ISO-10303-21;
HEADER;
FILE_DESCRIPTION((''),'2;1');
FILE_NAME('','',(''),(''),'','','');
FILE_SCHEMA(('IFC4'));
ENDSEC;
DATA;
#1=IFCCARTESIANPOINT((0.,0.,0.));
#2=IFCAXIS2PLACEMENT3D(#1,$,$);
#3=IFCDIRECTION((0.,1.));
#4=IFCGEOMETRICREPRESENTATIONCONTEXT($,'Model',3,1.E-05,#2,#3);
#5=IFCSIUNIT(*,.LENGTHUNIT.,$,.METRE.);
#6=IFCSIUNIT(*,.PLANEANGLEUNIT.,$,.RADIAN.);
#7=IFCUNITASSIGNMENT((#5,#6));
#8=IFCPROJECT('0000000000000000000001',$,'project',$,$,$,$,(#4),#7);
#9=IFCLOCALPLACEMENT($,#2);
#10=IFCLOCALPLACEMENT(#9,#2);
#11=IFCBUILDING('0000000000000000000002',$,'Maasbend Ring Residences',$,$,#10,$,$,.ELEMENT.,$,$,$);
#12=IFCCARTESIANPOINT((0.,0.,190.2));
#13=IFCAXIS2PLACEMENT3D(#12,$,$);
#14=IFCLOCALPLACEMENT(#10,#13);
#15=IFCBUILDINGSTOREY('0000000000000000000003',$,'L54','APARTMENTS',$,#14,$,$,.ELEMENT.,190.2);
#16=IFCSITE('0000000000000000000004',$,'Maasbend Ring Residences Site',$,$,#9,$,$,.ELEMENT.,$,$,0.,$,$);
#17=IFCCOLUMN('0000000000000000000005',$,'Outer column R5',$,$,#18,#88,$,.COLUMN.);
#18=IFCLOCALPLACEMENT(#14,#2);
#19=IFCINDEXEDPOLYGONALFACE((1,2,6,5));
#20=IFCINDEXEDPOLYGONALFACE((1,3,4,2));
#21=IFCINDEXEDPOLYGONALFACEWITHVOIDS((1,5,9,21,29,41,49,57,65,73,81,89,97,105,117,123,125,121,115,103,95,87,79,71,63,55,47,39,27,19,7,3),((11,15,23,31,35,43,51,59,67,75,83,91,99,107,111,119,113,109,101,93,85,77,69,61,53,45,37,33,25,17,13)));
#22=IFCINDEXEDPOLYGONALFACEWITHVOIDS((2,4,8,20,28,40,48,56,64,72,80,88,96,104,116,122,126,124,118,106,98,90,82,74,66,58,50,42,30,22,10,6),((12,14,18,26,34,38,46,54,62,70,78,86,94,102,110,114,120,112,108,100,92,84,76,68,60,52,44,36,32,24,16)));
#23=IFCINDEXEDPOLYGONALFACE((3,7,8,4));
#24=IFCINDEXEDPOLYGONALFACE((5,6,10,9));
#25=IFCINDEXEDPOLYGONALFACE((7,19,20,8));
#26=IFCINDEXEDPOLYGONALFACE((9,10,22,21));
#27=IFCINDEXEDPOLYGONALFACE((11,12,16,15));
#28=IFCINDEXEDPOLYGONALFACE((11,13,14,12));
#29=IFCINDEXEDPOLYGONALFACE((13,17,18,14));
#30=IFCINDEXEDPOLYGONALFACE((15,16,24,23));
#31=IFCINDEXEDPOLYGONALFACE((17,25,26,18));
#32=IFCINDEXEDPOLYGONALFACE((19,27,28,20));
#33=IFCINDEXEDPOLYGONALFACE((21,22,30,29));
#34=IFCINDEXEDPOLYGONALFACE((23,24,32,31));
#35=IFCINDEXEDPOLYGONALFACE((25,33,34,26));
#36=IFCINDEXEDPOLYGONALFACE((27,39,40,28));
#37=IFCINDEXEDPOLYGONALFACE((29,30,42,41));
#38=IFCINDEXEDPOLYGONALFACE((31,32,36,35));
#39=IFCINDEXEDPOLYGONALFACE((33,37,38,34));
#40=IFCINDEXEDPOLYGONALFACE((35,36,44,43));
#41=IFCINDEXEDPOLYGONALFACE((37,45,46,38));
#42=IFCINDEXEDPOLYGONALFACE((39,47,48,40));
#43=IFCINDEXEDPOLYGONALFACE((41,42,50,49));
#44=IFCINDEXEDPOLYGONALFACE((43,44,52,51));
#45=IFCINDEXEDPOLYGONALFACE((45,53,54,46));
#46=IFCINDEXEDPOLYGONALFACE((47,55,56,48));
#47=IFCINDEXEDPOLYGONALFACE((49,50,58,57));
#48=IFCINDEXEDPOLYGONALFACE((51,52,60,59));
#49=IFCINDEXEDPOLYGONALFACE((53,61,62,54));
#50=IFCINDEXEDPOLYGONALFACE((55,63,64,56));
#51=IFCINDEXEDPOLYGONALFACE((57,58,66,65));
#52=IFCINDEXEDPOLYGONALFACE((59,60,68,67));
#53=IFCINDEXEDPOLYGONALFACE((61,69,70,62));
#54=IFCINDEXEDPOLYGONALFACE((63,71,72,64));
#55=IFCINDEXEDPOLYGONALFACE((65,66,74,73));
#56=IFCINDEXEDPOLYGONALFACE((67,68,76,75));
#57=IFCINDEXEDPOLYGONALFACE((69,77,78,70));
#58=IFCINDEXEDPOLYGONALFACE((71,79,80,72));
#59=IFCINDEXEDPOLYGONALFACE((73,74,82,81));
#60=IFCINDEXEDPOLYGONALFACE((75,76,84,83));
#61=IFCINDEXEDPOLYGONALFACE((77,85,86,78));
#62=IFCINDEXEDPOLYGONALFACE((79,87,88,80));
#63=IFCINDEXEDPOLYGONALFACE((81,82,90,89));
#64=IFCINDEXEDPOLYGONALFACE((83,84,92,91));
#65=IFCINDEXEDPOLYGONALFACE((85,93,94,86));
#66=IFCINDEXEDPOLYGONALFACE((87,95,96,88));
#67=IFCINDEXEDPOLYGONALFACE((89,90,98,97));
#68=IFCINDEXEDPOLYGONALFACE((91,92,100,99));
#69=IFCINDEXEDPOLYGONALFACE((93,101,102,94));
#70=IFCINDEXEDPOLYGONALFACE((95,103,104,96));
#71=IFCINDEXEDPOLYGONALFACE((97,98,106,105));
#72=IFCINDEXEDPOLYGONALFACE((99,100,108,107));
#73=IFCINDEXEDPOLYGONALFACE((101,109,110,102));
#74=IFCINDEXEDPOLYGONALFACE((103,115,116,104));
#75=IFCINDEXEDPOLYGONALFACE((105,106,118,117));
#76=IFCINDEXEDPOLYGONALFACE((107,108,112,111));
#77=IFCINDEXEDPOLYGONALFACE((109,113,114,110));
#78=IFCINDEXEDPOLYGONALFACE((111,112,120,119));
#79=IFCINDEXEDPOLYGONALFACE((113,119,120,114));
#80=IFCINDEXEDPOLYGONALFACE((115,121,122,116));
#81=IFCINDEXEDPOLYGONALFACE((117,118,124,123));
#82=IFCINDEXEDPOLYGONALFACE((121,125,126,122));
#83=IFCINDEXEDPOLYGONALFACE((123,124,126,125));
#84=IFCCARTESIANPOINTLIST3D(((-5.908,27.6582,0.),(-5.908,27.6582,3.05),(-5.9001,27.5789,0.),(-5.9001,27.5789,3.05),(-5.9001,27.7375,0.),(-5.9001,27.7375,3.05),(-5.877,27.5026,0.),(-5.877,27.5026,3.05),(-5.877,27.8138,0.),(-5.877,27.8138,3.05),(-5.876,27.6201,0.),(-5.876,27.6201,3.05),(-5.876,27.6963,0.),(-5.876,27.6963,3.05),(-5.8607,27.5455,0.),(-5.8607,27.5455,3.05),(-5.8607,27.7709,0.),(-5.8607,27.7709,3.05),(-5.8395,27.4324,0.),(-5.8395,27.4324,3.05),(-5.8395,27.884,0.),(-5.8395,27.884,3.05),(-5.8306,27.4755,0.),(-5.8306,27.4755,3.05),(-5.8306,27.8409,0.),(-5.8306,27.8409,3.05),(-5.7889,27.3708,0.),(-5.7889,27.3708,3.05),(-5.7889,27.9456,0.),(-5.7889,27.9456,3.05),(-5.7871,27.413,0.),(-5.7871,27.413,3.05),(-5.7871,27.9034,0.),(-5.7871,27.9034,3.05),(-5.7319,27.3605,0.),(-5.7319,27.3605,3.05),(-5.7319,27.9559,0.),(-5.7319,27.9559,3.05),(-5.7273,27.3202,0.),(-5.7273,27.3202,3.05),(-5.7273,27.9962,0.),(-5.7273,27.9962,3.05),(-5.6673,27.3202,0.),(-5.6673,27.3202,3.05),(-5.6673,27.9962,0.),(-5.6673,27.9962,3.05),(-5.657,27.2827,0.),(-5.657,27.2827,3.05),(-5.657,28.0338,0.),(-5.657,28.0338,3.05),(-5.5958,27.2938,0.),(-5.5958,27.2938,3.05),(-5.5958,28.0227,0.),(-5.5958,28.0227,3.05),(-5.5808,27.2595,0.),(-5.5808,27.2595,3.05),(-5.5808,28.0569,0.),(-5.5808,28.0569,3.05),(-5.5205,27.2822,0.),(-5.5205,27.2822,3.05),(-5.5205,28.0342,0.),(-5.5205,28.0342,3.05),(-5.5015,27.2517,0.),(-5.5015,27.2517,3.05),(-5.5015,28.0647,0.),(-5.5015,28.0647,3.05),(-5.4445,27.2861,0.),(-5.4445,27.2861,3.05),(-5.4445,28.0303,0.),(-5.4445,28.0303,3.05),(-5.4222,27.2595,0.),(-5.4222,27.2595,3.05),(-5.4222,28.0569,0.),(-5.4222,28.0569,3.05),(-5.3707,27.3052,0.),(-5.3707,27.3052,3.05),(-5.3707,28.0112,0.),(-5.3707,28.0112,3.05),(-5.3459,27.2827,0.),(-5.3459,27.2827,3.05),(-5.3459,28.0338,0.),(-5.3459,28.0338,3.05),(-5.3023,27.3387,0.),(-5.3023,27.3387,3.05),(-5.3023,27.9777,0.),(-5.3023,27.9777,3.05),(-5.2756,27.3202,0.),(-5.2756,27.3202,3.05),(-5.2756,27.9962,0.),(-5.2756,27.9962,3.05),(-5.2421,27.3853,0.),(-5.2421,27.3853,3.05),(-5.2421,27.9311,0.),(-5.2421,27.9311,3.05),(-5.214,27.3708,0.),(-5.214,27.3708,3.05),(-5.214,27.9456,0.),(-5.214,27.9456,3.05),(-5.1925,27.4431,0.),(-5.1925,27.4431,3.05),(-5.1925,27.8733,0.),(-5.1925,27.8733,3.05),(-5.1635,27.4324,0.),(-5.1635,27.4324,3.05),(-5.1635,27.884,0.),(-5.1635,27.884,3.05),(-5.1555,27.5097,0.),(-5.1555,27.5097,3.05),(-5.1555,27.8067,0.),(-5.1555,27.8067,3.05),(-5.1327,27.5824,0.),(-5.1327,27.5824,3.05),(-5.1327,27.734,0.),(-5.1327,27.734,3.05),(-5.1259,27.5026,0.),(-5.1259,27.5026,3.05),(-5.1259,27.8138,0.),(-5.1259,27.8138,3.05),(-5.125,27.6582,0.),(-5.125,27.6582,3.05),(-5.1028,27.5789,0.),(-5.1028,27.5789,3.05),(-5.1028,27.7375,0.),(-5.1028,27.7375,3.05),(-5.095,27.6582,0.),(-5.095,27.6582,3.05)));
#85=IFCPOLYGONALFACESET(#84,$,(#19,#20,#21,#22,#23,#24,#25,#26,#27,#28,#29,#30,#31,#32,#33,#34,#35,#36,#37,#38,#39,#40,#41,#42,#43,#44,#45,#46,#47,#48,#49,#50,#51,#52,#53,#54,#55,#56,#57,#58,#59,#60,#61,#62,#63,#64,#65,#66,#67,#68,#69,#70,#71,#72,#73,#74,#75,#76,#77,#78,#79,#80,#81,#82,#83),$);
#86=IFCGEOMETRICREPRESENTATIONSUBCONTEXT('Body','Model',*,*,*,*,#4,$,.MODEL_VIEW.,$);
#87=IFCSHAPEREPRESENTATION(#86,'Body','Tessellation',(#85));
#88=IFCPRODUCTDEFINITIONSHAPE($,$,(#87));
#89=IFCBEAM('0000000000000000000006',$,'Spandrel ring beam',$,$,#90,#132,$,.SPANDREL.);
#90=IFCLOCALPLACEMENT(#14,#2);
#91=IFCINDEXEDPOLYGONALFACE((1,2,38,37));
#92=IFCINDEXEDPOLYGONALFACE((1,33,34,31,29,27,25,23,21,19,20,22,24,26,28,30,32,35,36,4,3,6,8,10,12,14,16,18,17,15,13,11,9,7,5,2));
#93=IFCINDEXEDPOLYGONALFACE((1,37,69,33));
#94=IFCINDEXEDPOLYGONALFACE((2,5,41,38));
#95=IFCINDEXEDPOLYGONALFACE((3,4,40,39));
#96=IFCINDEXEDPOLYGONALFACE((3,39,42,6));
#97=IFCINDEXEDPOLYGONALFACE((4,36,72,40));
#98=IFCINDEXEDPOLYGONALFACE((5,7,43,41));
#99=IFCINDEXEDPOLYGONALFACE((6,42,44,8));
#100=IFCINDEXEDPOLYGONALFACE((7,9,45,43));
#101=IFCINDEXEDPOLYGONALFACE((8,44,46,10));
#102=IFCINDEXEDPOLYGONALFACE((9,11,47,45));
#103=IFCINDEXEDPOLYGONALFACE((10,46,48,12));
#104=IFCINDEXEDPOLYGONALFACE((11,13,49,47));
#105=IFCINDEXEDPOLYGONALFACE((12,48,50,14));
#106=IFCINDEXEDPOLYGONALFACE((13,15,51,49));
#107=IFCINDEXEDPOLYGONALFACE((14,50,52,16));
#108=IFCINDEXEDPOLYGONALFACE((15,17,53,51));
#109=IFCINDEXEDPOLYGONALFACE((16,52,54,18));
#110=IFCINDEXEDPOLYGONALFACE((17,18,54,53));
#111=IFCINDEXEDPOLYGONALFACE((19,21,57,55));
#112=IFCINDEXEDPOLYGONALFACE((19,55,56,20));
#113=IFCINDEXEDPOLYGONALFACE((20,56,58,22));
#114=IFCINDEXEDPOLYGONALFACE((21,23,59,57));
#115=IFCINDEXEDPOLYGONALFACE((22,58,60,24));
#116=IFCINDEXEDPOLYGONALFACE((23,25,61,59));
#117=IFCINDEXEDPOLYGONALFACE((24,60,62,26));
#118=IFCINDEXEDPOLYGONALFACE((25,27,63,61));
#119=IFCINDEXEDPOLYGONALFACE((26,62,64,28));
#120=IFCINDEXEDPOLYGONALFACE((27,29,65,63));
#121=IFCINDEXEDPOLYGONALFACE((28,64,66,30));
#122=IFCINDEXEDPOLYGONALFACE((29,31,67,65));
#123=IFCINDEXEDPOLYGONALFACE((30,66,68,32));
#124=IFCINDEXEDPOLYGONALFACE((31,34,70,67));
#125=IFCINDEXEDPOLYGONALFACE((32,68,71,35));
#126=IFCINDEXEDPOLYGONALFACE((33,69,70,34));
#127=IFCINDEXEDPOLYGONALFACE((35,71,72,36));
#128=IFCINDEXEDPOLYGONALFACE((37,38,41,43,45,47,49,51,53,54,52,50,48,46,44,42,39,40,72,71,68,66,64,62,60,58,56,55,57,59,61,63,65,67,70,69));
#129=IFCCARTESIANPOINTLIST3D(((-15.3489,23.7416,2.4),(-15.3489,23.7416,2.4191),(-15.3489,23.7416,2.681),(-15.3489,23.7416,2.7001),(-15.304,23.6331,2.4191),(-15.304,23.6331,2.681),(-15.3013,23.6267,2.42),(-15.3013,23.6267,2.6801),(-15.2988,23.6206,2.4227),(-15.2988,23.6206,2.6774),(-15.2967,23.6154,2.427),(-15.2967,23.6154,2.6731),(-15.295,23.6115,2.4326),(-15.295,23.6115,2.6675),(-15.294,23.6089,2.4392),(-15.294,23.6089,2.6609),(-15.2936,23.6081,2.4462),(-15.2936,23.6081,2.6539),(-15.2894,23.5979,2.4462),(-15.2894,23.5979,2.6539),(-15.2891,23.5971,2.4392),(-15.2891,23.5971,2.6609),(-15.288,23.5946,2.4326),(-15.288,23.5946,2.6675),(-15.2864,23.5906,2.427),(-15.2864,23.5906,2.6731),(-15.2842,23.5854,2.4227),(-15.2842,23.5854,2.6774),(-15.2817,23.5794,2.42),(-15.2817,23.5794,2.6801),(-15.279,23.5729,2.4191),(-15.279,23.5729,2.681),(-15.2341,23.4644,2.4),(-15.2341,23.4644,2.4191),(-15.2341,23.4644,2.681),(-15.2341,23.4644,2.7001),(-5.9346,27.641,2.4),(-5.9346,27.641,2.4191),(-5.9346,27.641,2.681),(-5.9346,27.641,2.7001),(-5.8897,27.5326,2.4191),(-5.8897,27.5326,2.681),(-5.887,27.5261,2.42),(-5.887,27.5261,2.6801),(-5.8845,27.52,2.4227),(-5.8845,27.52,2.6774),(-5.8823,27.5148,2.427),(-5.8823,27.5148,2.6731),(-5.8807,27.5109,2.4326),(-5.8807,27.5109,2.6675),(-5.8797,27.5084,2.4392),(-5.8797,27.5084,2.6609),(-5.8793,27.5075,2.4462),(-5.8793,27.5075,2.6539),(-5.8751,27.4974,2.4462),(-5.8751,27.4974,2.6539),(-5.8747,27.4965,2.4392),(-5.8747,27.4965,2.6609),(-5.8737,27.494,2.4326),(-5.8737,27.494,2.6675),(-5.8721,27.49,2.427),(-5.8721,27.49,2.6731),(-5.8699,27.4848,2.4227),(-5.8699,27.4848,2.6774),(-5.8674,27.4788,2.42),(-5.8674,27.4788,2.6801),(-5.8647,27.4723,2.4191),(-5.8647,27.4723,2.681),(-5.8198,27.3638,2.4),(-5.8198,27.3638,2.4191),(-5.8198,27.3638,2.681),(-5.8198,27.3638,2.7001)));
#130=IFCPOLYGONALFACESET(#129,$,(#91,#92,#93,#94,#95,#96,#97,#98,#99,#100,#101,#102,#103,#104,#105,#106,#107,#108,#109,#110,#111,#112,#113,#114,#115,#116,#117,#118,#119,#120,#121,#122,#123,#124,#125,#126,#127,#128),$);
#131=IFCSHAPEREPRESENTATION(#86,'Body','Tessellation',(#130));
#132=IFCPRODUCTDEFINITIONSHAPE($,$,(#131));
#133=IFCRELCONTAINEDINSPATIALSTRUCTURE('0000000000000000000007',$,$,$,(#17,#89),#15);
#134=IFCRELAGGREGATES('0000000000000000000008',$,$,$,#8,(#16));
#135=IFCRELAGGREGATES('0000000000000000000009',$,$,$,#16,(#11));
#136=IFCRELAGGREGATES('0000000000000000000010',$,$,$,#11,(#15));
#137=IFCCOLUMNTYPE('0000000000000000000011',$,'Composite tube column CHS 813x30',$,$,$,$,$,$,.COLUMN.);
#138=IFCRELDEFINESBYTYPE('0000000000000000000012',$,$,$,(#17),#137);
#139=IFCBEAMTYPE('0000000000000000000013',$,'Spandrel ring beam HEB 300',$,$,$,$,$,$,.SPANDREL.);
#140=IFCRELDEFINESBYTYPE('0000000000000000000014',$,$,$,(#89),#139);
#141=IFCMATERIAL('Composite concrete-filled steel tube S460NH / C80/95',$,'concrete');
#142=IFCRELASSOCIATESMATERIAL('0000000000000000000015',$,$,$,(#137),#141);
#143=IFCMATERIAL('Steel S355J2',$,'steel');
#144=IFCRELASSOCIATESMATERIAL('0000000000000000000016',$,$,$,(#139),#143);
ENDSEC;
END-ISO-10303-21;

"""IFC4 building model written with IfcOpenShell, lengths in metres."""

from ifc_helpers import new_model, si_unit, direction, frame, origin, origin_2d, place, context, subcontext, project, spatial, hollow_circle, i_section, extrude, material, material_profile, profile_set, type_object, element, save


model = new_model("IFC4")

# Units and contexts
model_context = context("Model", 3, precision=1e-05, world=origin(), true_north=direction((0.0, 1.0)))
body_context = subcontext(model_context, "Body", "Model", "MODEL_VIEW")
ifc_project = project(units=[si_unit("LENGTHUNIT", "METRE"), si_unit("PLANEANGLEUNIT", "RADIAN")], contexts=[model_context])

# Site, building, storey
site_placement = place(None, origin())
site = spatial("IfcSite", under=ifc_project, at=site_placement, Name="Maasbend Ring Residences Site", CompositionType="ELEMENT", RefElevation=0.0)
building_placement = place(site_placement, origin())
building = spatial("IfcBuilding", under=site, at=building_placement, Name="Maasbend Ring Residences", CompositionType="ELEMENT")
storey_placement = place(building_placement, frame((0.0, 0.0, 190.2)))
storey = spatial("IfcBuildingStorey", under=building, at=storey_placement, Name="L54", Description="APARTMENTS", CompositionType="ELEMENT", Elevation=190.2)

# Column
ifc_material_1 = material(Name="Composite concrete-filled steel tube S460NH / C80/95", Category="concrete")
ifc_material_profile_1 = material_profile(ifc_material_1, hollow_circle(Radius=0.4065, WallThickness=0.03, at=origin_2d()), Name="Composite tube column CHS 813x30")
ifc_profile_set_1 = profile_set([ifc_material_profile_1], Name="Composite concrete-filled steel tube S460NH / C80/95")
column_type = type_object("IfcColumnType", Name="Composite tube column CHS 813x30", PredefinedType="COLUMN", material=ifc_profile_set_1)
column_placement = place(storey_placement, frame((-5.5015, 27.6582, 0.0), z_axis=(0.0, 0.0, 1.0), x_axis=(1.0, 0.0, 0.0)))
element("IfcColumn", 1, at=column_placement, inside=storey, type_object=column_type, Name="Outer column R5", PredefinedType="COLUMN", context=body_context, shape_type="SweptSolid", body=[
    extrude(hollow_circle(Radius=0.4065, WallThickness=0.03, at=origin_2d()), origin(), (0.0, 0.0, 1.0), 3.05),
])

# Beam
ifc_material_2 = material(Name="Steel S355J2", Category="steel")
ifc_material_profile_2 = material_profile(ifc_material_2, i_section(OverallWidth=0.3, OverallDepth=0.3, WebThickness=0.011, FlangeThickness=0.019, FilletRadius=0.0271, at=origin_2d()), Name="HEB 300")
ifc_profile_set_2 = profile_set([ifc_material_profile_2], Name="Steel S355J2")
beam_type = type_object("IfcBeamType", Name="Spandrel ring beam HEB 300", PredefinedType="SPANDREL", material=ifc_profile_set_2)
beam_placement = place(storey_placement, frame((-5.8772, 27.5024, 2.55), z_axis=(-0.923884, -0.382673, 0.0), x_axis=(0.382673, -0.923884, 0.0)))
element("IfcBeam", 2, at=beam_placement, inside=storey, type_object=beam_type, Name="Spandrel ring beam", PredefinedType="SPANDREL", context=body_context, shape_type="SweptSolid", body=[
    extrude(i_section(OverallWidth=0.3, OverallDepth=0.3, WebThickness=0.011, FlangeThickness=0.019, FilletRadius=0.0271, at=origin_2d()), origin(), (0.0, 0.0, 1.0), 10.1899),
])

save(model, "model.ifc")
